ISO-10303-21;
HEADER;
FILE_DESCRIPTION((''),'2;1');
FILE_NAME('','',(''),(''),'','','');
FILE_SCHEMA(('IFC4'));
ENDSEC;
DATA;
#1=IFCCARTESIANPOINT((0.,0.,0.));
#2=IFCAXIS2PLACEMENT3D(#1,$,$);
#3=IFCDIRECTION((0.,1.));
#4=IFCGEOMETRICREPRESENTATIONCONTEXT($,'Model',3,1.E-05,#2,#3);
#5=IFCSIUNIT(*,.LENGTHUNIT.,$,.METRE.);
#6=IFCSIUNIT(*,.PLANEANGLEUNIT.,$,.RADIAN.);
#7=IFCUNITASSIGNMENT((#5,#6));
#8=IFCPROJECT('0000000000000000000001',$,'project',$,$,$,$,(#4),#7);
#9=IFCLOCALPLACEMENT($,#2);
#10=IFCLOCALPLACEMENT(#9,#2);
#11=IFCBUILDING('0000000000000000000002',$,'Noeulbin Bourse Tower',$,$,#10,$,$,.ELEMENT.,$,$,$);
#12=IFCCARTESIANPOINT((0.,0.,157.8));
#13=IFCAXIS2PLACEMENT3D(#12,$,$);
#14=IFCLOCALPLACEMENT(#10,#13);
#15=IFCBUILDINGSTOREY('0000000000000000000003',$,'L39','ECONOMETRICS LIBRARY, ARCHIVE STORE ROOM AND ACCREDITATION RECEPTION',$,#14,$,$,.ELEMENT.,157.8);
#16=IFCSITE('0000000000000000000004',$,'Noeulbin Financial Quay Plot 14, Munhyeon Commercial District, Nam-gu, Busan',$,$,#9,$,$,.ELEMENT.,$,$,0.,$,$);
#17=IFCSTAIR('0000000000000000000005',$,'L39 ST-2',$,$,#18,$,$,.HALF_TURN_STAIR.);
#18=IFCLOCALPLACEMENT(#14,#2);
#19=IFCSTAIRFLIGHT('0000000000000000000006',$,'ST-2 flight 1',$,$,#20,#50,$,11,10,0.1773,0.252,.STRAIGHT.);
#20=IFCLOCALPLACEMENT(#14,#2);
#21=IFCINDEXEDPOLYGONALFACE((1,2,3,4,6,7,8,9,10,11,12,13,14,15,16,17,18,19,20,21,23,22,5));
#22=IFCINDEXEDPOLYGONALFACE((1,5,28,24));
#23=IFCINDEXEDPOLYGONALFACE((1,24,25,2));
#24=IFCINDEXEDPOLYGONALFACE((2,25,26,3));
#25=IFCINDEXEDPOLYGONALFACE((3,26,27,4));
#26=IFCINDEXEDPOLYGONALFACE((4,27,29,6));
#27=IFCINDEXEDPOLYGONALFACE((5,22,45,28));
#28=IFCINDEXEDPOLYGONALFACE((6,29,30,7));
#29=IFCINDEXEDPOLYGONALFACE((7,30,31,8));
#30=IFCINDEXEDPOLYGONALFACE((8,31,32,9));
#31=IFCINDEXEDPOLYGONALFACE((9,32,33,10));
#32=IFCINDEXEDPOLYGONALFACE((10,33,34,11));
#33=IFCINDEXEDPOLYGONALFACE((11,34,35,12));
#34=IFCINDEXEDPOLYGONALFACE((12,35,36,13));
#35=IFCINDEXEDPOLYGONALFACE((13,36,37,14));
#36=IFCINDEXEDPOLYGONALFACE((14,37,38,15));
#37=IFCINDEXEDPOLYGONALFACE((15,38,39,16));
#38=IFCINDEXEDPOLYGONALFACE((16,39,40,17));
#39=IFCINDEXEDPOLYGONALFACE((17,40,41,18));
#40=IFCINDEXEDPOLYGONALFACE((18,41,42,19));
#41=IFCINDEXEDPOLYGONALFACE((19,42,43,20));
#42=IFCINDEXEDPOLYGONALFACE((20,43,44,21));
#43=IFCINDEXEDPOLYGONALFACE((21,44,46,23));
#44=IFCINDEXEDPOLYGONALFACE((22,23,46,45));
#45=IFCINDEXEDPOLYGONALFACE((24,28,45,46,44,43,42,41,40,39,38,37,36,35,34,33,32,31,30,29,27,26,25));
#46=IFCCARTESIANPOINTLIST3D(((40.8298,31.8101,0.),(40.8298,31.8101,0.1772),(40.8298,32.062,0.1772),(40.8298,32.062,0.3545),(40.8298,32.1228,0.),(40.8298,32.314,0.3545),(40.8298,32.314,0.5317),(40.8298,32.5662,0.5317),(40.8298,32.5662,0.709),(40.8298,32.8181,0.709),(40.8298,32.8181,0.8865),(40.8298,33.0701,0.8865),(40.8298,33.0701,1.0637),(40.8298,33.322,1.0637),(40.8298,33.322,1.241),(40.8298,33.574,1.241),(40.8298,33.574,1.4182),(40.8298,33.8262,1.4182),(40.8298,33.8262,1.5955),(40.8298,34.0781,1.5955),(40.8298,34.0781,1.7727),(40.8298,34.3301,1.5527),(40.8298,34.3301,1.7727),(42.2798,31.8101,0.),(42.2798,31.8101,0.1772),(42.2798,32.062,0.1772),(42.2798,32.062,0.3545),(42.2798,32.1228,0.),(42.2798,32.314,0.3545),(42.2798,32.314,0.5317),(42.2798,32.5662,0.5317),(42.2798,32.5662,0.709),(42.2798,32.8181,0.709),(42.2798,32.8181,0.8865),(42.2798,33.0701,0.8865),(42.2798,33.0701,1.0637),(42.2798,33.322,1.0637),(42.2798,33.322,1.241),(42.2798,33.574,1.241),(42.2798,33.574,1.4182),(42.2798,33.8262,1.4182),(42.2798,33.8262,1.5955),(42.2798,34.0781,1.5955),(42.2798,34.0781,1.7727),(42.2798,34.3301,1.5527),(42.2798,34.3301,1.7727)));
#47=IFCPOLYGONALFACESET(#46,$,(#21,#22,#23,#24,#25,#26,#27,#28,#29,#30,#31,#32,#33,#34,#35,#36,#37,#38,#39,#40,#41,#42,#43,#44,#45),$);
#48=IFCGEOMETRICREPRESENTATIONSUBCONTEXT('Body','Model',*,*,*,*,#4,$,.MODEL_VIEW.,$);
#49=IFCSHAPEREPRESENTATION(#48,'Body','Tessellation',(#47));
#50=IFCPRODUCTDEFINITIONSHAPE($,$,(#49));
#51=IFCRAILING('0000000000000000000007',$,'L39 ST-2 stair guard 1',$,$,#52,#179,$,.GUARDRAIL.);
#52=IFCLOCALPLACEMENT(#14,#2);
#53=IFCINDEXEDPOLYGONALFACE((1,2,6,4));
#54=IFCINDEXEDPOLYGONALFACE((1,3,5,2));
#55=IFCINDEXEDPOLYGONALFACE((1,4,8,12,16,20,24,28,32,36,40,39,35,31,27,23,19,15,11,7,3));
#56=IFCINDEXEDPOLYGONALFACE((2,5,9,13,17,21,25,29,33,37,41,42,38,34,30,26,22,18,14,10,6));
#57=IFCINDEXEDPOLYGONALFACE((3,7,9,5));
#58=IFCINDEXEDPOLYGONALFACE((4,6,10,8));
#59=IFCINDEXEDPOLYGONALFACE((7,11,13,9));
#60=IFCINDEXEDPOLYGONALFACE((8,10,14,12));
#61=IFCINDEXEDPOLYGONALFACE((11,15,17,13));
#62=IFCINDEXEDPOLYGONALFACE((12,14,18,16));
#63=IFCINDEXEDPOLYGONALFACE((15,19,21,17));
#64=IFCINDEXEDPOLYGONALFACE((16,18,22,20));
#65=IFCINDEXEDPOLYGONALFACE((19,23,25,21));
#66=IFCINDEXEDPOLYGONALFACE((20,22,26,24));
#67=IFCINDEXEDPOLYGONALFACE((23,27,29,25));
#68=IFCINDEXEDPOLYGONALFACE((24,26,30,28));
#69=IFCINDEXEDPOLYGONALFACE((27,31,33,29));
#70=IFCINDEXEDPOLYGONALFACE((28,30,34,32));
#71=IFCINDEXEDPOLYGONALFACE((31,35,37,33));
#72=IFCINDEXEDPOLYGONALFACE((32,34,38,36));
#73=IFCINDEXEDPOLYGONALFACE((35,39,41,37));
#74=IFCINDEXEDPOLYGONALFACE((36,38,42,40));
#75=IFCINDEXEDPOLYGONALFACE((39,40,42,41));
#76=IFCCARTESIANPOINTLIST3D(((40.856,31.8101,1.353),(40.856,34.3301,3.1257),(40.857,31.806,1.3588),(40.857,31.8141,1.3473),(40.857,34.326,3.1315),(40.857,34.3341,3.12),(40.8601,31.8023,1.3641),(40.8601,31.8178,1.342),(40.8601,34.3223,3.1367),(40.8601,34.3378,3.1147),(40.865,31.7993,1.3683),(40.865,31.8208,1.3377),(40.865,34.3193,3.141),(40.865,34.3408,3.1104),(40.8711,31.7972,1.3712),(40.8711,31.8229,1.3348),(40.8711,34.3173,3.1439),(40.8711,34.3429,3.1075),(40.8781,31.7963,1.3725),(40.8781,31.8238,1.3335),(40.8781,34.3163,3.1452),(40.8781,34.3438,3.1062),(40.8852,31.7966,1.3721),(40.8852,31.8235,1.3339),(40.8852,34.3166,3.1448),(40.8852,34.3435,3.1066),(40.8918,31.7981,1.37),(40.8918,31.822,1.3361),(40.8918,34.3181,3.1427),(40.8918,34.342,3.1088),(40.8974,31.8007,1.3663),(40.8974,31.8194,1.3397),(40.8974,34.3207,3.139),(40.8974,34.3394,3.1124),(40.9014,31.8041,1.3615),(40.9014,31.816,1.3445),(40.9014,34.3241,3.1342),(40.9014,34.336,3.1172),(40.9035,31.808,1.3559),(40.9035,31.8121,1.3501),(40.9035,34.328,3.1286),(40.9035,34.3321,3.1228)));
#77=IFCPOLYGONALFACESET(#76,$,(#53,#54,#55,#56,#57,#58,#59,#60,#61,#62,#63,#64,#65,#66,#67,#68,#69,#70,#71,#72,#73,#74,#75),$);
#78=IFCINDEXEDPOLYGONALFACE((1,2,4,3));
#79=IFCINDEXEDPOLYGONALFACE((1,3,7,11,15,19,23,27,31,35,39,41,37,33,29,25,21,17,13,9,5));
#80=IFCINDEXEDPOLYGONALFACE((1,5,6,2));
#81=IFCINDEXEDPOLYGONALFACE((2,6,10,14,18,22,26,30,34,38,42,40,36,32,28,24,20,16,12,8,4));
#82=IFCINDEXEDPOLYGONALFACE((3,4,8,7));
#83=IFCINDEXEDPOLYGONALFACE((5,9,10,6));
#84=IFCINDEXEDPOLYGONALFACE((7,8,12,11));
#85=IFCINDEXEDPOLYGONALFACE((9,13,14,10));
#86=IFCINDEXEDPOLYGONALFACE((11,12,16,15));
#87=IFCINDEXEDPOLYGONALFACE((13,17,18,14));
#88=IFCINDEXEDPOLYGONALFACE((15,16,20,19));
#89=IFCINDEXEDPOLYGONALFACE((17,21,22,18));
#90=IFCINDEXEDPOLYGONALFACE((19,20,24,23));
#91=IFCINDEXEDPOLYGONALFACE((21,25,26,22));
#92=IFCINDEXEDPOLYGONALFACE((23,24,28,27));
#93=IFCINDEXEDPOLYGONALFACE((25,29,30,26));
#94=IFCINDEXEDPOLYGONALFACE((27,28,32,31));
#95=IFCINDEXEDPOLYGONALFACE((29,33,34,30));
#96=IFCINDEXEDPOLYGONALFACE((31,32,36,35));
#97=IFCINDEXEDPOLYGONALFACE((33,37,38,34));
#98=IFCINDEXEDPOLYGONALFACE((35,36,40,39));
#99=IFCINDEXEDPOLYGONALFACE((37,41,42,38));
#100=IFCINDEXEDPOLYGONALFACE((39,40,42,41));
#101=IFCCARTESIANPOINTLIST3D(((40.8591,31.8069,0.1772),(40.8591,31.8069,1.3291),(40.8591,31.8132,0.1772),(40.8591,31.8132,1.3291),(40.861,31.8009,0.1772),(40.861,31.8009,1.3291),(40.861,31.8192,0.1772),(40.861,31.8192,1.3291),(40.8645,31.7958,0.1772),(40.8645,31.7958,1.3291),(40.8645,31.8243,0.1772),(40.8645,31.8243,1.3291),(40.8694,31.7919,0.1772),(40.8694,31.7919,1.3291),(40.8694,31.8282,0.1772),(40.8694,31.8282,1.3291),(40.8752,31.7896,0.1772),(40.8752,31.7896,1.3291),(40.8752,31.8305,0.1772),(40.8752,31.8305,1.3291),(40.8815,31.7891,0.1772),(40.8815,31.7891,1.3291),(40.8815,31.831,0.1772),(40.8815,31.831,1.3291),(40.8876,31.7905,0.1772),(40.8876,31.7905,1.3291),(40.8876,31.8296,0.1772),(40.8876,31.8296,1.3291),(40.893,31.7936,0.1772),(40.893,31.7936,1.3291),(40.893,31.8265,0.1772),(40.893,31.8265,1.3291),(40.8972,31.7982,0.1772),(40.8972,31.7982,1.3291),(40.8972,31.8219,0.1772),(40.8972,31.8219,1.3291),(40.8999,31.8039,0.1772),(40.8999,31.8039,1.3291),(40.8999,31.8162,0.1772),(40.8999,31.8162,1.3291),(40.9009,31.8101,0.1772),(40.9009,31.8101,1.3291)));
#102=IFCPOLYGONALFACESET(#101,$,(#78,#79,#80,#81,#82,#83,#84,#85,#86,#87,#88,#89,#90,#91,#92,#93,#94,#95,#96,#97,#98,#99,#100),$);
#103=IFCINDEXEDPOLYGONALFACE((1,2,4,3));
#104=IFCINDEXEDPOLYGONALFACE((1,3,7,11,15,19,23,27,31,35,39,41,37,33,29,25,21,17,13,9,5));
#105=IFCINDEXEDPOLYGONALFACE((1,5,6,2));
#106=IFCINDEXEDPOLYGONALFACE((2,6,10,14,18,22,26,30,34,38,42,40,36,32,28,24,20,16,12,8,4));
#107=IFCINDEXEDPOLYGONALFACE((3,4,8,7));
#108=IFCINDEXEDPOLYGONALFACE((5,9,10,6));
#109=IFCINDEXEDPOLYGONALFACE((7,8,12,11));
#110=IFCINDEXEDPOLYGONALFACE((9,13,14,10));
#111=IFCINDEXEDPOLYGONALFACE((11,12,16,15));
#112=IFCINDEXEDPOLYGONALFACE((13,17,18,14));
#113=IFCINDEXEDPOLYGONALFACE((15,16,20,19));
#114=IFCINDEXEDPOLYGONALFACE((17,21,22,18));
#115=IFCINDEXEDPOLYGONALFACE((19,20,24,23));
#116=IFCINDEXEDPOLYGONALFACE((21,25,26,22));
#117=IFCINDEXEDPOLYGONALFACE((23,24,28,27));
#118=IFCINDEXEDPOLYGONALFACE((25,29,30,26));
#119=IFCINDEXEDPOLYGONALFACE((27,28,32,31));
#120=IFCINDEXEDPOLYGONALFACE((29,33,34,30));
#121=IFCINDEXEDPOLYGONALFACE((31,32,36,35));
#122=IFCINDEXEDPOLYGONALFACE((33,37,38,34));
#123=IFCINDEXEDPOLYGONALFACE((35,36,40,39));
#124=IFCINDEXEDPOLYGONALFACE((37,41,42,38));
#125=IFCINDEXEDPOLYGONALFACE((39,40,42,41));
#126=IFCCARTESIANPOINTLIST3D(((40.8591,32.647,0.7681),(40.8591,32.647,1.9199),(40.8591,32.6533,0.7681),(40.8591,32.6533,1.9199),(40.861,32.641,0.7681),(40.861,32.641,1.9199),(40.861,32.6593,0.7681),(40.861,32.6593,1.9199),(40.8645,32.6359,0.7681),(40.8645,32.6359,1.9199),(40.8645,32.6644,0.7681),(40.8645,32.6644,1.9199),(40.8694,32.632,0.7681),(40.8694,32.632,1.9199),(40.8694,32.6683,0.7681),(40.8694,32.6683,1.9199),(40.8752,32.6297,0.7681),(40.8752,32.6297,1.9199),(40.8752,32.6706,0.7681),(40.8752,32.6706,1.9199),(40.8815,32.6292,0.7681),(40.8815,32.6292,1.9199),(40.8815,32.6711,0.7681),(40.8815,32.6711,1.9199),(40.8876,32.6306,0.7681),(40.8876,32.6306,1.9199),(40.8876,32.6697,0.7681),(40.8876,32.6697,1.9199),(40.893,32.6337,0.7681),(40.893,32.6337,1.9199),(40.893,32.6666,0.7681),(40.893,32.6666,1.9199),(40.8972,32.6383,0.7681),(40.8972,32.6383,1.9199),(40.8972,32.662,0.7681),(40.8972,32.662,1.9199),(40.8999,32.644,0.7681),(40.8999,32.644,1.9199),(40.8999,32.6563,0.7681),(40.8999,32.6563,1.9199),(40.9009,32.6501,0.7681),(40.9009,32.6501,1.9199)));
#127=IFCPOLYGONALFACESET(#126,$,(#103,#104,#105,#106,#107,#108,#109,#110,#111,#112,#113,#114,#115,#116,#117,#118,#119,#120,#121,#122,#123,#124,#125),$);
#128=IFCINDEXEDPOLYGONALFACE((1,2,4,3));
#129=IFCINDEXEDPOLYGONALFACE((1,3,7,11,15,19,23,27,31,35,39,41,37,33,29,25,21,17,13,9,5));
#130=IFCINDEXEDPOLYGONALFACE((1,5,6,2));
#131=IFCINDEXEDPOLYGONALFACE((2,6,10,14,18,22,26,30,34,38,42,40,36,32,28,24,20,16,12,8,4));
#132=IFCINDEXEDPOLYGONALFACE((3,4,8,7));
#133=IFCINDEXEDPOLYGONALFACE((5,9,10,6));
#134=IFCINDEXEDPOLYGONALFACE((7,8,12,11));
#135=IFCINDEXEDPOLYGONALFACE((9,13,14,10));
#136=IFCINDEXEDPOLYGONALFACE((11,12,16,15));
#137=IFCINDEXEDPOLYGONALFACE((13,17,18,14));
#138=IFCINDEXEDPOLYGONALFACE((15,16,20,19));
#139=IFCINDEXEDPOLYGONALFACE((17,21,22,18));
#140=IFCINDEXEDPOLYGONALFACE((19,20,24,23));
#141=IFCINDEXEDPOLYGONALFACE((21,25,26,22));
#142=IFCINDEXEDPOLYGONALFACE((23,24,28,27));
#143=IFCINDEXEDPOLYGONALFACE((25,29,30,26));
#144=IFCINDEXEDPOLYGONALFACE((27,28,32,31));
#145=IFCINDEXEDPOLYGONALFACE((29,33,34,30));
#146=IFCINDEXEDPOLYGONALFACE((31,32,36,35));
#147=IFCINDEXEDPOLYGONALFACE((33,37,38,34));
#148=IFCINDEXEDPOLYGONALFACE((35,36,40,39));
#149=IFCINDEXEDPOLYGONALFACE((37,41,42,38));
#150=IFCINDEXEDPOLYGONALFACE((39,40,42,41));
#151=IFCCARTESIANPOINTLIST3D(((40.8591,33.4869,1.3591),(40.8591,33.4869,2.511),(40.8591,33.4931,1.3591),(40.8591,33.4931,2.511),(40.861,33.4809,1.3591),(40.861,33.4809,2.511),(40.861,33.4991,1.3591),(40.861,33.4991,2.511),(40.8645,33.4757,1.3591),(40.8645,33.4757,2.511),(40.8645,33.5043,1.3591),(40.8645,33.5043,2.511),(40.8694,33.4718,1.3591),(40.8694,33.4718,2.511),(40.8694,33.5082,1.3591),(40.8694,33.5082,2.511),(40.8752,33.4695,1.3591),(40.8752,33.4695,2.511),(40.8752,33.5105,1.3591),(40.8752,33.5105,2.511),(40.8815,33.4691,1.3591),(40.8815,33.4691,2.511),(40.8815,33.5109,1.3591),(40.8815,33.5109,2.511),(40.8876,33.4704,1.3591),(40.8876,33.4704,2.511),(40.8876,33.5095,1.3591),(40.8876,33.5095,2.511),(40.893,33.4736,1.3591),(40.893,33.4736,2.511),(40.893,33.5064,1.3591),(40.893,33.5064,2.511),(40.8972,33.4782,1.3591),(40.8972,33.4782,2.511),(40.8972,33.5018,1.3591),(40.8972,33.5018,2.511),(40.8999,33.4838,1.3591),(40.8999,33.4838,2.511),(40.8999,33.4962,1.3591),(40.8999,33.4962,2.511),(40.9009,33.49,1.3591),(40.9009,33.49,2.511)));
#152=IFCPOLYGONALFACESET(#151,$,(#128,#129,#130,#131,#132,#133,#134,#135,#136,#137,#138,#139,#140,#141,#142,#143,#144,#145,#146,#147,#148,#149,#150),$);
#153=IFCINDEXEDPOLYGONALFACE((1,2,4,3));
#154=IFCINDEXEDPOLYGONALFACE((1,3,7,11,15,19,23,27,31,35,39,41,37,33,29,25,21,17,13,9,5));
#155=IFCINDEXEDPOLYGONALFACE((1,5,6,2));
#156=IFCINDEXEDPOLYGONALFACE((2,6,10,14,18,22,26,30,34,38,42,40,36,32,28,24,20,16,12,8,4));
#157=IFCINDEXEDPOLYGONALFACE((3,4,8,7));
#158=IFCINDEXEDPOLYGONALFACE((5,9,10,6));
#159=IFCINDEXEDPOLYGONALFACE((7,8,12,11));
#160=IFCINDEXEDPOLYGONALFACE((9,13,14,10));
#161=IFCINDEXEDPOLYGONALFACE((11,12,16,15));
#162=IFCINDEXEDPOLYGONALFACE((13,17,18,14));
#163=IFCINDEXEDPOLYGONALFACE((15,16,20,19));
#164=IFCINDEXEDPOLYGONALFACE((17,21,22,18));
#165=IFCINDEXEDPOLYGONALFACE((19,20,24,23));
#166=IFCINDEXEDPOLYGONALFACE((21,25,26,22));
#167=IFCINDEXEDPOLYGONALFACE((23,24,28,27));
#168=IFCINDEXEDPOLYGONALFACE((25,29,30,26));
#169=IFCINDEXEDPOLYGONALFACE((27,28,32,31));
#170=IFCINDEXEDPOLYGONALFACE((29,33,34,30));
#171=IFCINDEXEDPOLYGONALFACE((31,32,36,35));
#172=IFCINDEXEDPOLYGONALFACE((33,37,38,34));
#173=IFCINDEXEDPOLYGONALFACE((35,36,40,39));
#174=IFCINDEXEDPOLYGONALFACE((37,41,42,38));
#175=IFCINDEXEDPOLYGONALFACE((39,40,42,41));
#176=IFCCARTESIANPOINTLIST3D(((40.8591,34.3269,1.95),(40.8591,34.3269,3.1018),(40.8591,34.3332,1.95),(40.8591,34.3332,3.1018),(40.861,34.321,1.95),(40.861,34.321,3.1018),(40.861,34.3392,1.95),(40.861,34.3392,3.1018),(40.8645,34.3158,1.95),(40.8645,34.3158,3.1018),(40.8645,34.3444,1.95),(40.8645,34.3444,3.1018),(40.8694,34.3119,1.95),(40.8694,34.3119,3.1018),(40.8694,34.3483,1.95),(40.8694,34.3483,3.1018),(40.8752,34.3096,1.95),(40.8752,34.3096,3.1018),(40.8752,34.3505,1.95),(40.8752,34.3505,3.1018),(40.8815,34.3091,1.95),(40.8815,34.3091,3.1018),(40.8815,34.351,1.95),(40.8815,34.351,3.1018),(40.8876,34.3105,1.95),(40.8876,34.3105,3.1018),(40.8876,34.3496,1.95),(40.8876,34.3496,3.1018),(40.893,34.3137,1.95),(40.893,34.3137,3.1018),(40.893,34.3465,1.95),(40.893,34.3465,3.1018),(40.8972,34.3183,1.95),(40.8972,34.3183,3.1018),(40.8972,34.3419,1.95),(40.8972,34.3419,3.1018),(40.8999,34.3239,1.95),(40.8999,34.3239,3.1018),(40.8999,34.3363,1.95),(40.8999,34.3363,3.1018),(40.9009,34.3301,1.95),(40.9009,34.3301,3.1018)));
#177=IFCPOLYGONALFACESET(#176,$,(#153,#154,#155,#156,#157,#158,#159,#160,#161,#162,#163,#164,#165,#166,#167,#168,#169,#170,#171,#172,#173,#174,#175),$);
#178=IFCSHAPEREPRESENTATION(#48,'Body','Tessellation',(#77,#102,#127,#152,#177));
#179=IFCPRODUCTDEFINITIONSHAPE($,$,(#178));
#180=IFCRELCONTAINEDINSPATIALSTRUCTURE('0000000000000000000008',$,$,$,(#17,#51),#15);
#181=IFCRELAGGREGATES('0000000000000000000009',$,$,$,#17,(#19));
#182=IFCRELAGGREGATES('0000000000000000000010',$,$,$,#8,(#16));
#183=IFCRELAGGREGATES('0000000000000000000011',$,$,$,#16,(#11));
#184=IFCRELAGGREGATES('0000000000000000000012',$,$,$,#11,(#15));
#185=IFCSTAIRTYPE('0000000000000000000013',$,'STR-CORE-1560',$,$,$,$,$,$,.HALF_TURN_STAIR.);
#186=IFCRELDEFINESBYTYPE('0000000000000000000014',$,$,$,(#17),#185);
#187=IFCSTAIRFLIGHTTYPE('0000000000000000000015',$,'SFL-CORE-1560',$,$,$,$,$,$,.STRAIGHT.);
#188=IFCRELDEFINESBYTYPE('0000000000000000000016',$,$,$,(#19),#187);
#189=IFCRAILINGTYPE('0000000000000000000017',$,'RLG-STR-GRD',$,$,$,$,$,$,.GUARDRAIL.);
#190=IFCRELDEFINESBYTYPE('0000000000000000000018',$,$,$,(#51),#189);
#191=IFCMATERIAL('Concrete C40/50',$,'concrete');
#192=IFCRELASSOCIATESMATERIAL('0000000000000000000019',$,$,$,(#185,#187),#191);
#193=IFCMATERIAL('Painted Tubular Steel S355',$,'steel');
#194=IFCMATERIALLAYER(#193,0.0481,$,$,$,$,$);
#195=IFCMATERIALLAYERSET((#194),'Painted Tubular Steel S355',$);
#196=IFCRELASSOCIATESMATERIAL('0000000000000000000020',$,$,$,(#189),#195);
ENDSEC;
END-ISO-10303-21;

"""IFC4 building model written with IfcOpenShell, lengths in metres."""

from ifc_helpers import new_model, si_unit, direction, frame, origin, origin_2d, place, context, subcontext, project, spatial, polyline, circle, outline, extrude, material, layer, layer_set, type_object, element, aggregate, save


model = new_model("IFC4")

# Units and contexts
model_context = context("Model", 3, precision=1e-05, world=origin(), true_north=direction((0.0, 1.0)))
body_context = subcontext(model_context, "Body", "Model", "MODEL_VIEW")
ifc_project = project(units=[si_unit("LENGTHUNIT", "METRE"), si_unit("PLANEANGLEUNIT", "RADIAN")], contexts=[model_context])

# Site, building, storey
site_placement = place(None, origin())
site = spatial("IfcSite", under=ifc_project, at=site_placement, Name="Noeulbin Financial Quay Plot 14, Munhyeon Commercial District, Nam-gu, Busan", CompositionType="ELEMENT", RefElevation=0.0)
building_placement = place(site_placement, origin())
building = spatial("IfcBuilding", under=site, at=building_placement, Name="Noeulbin Bourse Tower", CompositionType="ELEMENT")
storey_placement = place(building_placement, frame((0.0, 0.0, 157.8)))
storey = spatial("IfcBuildingStorey", under=building, at=storey_placement, Name="L39", Description="ECONOMETRICS LIBRARY, ARCHIVE STORE ROOM AND ACCREDITATION RECEPTION", CompositionType="ELEMENT", Elevation=157.8)

# Shared definitions
ifc_material_1 = material(Name="Concrete C40/50", Category="concrete")

# Stair, stair flight
stair_type = type_object("IfcStairType", Name="STR-CORE-1560", PredefinedType="HALF_TURN_STAIR", material=ifc_material_1)
stair_placement = place(storey_placement, origin())
stair = element("IfcStair", 1, at=stair_placement, inside=storey, type_object=stair_type, Name="L39 ST-2", PredefinedType="HALF_TURN_STAIR")
stair_flight_type = type_object("IfcStairFlightType", Name="SFL-CORE-1560", PredefinedType="STRAIGHT", material=ifc_material_1)
stair_flight_placement = place(storey_placement, frame((41.5549, 31.8101, 0.0), z_axis=(0.0, 0.0, 1.0), x_axis=(0.0, 1.0, 0.0)))
stair_flight = element("IfcStairFlight", 2, at=stair_flight_placement, type_object=stair_flight_type, Name="ST-2 flight 1", NumberOfRisers=11, NumberOfTreads=10, PredefinedType="STRAIGHT", RiserHeight=0.1773, TreadLength=0.252, context=body_context, shape_type="SweptSolid", body=[
    extrude(outline(polyline([(0.0, 0.0), (0.0, 0.1772), (0.252, 0.1772), (0.252, 0.3545), (0.5039, 0.3545), (0.5039, 0.5317), (0.7561, 0.5317), (0.7561, 0.709), (1.0081, 0.709), (1.0081, 0.8865), (1.26, 0.8865), (1.26, 1.0637), (1.512, 1.0637), (1.512, 1.241), (1.7639, 1.241), (1.7639, 1.4182), (2.0161, 1.4182), (2.0161, 1.5955), (2.2681, 1.5955), (2.2681, 1.7727), (2.52, 1.7727), (2.52, 1.95), (2.52, 1.5527), (0.3127, 0.0), (0.0, 0.0)])), frame((0.0, 0.7251, 0.0), z_axis=(0.0, -1.0, 0.0), x_axis=(1.0, 0.0, 0.0)), (0.0, 0.0, 1.0), 1.45),
])
aggregate(stair, [stair_flight])

# Railing
ifc_material_2 = material(Name="Painted Tubular Steel S355", Category="steel")
ifc_layer_1 = layer(ifc_material_2, 0.0481)
ifc_layer_set_1 = layer_set([ifc_layer_1], Name="Painted Tubular Steel S355")
railing_type_1 = type_object("IfcRailingType", Name="RLG-STR-GRD", PredefinedType="GUARDRAIL", material=ifc_layer_set_1)
railing_1_placement = place(storey_placement, frame((40.8799, 31.8101, 0.1772)))
element("IfcRailing", 3, at=railing_1_placement, inside=storey, type_object=railing_type_1, Name="L39 ST-2 stair guard 1", PredefinedType="GUARDRAIL", context=body_context, shape_type="SweptSolid", body=[
    extrude(circle(Radius=0.0239, at=origin_2d()), frame((0.0, 0.0, 1.1758), z_axis=(0.0, 0.817904, 0.575354), x_axis=(-1.0, 0.0, 0.0)), (0.0, 0.0, 1.0), 3.0811),
    extrude(circle(Radius=0.021, at=origin_2d()), origin(), (0.0, 0.0, 1.0), 1.1519),
    extrude(circle(Radius=0.021, at=origin_2d()), frame((0.0, 0.8401, 0.5908)), (0.0, 0.0, 1.0), 1.1519),
    extrude(circle(Radius=0.021, at=origin_2d()), frame((0.0, 1.6799, 1.1819)), (0.0, 0.0, 1.0), 1.1519),
    extrude(circle(Radius=0.021, at=origin_2d()), frame((0.0, 2.52, 1.7727)), (0.0, 0.0, 1.0), 1.1519),
])

save(model, "model.ifc")
